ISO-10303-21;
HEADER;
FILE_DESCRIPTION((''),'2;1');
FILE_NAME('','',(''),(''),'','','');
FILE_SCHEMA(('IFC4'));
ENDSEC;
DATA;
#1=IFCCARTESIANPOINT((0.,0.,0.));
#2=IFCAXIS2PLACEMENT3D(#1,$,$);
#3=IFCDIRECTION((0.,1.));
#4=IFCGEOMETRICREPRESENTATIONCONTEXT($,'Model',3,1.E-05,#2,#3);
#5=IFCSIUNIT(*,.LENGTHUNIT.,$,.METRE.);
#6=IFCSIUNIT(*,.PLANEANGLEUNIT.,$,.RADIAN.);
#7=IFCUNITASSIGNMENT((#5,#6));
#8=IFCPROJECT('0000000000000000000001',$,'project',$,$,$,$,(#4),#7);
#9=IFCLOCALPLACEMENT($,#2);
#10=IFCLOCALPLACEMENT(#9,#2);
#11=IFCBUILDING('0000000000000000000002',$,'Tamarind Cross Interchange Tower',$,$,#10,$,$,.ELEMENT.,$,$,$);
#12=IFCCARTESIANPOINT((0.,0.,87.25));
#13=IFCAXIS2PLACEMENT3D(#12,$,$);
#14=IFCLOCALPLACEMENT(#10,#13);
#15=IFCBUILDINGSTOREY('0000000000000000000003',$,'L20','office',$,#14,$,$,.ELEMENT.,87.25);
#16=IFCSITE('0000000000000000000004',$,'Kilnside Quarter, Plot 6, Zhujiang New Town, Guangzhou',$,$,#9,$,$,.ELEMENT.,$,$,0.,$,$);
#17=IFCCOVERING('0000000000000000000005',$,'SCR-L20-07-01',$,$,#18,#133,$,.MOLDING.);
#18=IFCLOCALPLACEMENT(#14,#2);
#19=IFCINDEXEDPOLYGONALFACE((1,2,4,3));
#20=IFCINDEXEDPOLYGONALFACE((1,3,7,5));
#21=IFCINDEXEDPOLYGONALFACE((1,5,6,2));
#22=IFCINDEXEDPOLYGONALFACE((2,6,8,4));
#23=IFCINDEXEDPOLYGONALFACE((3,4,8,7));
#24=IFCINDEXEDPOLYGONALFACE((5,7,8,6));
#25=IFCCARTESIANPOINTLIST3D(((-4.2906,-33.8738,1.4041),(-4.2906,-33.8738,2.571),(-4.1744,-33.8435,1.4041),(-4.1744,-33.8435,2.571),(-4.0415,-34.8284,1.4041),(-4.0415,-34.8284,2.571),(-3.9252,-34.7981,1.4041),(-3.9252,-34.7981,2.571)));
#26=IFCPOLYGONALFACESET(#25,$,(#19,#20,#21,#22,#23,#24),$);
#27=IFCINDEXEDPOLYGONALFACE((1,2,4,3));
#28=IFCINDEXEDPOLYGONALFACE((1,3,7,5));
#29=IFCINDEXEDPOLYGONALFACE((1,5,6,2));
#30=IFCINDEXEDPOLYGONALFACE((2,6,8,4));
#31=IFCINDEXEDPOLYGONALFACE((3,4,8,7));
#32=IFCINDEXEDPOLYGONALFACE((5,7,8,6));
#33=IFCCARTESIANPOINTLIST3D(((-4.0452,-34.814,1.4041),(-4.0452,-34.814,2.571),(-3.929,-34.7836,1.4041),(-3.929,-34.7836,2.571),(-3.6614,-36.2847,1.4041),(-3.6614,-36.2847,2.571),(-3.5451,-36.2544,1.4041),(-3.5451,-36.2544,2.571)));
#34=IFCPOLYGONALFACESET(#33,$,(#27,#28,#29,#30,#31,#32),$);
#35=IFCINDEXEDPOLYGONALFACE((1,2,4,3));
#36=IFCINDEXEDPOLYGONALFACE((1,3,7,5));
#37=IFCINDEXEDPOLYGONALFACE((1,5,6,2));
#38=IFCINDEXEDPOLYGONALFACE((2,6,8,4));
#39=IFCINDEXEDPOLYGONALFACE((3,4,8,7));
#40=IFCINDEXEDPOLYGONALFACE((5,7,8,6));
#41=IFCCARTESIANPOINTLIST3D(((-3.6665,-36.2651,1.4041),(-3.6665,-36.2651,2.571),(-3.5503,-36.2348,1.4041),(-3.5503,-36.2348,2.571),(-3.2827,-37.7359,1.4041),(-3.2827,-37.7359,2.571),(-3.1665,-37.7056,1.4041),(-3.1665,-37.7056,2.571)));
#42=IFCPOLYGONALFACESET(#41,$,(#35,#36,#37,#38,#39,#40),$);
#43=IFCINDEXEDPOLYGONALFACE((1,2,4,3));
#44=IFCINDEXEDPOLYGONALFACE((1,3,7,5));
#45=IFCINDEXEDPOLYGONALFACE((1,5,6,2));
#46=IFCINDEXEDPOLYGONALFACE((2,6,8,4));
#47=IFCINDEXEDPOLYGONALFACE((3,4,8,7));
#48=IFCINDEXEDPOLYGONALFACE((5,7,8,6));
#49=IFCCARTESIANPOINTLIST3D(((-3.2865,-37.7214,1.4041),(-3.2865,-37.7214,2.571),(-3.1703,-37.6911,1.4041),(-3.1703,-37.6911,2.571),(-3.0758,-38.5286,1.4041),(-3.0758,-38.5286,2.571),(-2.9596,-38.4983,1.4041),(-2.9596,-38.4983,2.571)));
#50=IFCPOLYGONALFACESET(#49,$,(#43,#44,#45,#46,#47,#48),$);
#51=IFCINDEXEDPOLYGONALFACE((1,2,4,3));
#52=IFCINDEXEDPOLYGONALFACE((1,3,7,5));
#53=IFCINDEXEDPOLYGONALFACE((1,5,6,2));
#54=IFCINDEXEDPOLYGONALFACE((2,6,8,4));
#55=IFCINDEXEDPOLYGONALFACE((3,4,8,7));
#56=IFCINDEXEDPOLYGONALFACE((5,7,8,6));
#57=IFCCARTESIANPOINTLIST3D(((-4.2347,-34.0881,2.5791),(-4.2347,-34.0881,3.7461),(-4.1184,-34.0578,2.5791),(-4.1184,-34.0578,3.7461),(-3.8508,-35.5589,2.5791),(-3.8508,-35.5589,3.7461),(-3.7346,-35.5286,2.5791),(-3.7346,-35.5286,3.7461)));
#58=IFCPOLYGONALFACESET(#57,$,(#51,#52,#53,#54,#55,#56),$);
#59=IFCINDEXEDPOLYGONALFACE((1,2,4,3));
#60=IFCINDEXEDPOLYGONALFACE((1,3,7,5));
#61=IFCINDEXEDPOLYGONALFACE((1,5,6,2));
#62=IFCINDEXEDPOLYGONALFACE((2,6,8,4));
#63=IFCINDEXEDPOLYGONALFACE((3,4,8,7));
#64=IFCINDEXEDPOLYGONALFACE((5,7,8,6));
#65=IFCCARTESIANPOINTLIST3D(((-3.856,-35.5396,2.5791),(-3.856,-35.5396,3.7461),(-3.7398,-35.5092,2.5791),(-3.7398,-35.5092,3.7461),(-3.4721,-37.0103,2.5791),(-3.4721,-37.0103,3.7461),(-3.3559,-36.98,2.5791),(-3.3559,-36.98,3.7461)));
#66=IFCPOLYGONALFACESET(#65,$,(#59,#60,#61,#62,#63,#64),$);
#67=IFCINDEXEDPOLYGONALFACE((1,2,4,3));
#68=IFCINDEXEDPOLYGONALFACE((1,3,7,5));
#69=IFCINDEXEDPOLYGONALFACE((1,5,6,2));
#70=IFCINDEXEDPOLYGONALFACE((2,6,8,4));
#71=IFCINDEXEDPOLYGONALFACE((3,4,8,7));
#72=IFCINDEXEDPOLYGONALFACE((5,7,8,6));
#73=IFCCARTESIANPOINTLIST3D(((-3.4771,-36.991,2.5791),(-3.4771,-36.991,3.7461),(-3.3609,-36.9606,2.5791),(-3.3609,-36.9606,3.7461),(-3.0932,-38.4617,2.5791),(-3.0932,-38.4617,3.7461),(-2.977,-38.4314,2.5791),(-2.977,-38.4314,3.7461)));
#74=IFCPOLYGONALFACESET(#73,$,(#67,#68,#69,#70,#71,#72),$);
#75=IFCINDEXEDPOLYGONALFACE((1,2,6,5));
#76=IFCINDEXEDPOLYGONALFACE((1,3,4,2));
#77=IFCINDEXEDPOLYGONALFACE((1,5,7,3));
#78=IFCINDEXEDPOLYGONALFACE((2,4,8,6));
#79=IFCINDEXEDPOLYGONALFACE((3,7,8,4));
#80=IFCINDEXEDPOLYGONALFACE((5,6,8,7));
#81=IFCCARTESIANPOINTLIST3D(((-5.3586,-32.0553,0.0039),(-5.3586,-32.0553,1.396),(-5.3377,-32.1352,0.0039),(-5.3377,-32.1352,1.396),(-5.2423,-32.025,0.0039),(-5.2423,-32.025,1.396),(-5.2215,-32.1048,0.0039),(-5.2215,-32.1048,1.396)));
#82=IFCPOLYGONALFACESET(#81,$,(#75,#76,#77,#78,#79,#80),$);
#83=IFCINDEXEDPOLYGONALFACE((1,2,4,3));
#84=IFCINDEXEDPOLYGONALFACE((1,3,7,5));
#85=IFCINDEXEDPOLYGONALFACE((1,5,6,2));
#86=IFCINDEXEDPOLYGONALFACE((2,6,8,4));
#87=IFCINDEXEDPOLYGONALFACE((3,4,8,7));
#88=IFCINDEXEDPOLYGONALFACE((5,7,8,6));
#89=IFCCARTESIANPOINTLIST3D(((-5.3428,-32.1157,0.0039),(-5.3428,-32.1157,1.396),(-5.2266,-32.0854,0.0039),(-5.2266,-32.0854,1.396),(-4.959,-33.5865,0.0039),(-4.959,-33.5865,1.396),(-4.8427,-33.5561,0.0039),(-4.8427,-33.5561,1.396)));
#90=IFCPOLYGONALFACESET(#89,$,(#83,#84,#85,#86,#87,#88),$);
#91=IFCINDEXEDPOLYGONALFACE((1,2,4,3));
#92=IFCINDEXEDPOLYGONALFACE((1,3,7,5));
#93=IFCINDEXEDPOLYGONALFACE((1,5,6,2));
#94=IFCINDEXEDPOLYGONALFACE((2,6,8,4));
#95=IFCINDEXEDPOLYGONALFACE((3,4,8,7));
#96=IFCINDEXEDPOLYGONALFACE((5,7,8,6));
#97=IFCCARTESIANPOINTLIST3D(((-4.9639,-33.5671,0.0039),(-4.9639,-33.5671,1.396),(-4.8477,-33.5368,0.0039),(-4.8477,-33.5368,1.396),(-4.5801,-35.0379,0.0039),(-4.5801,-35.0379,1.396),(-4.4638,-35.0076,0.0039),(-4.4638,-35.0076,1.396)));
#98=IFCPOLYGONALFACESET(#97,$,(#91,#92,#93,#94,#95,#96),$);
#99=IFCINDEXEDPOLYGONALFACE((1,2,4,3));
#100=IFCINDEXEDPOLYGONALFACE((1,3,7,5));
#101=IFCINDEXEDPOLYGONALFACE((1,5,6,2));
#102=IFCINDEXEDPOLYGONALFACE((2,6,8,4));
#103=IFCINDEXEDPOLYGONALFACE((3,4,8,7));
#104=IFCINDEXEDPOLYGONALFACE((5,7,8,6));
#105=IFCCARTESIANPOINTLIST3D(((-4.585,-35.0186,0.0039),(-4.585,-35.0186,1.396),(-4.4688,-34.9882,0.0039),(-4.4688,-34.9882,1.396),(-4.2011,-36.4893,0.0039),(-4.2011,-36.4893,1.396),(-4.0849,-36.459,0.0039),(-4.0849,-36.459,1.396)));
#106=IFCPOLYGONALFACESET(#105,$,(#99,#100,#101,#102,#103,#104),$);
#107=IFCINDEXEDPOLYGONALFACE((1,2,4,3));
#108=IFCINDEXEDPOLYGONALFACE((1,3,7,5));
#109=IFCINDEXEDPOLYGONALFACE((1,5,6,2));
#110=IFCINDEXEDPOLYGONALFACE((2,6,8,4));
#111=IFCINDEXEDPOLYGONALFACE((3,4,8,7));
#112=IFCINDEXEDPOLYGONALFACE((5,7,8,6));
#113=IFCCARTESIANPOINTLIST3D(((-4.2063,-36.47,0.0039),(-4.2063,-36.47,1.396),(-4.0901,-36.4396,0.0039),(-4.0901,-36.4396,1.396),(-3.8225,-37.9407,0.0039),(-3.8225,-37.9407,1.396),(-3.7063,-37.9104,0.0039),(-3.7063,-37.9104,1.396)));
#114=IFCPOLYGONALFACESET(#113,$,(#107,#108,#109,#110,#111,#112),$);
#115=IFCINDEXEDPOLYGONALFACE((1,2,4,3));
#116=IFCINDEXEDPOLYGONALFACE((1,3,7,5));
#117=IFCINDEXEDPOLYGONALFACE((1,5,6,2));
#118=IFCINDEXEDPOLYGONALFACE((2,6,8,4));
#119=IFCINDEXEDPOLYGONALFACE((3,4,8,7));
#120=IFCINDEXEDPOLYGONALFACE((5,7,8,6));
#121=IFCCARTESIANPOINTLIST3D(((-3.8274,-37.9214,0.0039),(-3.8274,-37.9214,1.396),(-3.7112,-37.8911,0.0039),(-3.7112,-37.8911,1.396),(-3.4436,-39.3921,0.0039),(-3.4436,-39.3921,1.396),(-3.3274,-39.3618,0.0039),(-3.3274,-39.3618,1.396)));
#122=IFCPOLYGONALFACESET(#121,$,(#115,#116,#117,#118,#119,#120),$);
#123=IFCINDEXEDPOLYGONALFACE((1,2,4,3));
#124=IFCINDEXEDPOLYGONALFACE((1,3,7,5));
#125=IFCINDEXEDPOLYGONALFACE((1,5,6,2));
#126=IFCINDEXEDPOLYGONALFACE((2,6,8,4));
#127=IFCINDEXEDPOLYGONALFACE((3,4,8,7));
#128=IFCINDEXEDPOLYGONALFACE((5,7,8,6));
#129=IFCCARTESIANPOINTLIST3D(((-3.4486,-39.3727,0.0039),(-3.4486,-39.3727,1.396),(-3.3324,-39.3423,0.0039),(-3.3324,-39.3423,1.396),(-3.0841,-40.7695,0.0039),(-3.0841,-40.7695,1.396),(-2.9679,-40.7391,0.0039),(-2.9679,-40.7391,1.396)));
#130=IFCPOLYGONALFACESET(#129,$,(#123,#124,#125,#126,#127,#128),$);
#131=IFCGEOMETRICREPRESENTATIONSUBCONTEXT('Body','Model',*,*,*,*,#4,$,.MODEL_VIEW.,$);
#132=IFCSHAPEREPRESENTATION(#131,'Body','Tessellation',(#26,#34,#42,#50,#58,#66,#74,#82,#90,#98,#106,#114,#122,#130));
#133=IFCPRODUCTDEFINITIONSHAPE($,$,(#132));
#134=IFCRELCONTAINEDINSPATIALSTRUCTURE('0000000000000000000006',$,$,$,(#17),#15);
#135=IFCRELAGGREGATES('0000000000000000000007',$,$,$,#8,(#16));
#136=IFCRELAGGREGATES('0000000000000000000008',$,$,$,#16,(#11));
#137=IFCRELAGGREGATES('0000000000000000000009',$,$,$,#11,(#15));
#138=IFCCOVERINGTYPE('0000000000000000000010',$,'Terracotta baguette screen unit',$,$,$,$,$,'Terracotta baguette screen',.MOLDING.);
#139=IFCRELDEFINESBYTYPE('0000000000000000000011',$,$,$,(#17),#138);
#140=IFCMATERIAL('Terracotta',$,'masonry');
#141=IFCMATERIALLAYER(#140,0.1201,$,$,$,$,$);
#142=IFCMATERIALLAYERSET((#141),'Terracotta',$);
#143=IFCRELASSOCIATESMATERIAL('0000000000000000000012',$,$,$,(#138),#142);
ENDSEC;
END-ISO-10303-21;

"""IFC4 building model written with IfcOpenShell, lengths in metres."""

from ifc_helpers import new_model, si_unit, direction, frame, origin, origin_2d, place, context, subcontext, project, spatial, rectangle, extrude, material, layer, layer_set, type_object, element, save


model = new_model("IFC4")

# Units and contexts
model_context = context("Model", 3, precision=1e-05, world=origin(), true_north=direction((0.0, 1.0)))
body_context = subcontext(model_context, "Body", "Model", "MODEL_VIEW")
ifc_project = project(units=[si_unit("LENGTHUNIT", "METRE"), si_unit("PLANEANGLEUNIT", "RADIAN")], contexts=[model_context])

# Site, building, storey
site_placement = place(None, origin())
site = spatial("IfcSite", under=ifc_project, at=site_placement, Name="Kilnside Quarter, Plot 6, Zhujiang New Town, Guangzhou", CompositionType="ELEMENT", RefElevation=0.0)
building_placement = place(site_placement, origin())
building = spatial("IfcBuilding", under=site, at=building_placement, Name="Tamarind Cross Interchange Tower", CompositionType="ELEMENT")
storey_placement = place(building_placement, frame((0.0, 0.0, 87.25)))
storey = spatial("IfcBuildingStorey", under=building, at=storey_placement, Name="L20", Description="office", CompositionType="ELEMENT", Elevation=87.25)

# Covering
ifc_material_1 = material(Name="Terracotta", Category="masonry")
ifc_layer_1 = layer(ifc_material_1, 0.1201)
ifc_layer_set_1 = layer_set([ifc_layer_1], Name="Terracotta")
covering_type = type_object("IfcCoveringType", Name="Terracotta baguette screen unit", ElementType="Terracotta baguette screen", PredefinedType="MOLDING", material=ifc_layer_set_1)
covering_1_placement = place(storey_placement, origin())
element("IfcCovering", 1, at=covering_1_placement, inside=storey, type_object=covering_type, Name="SCR-L20-07-01", PredefinedType="MOLDING", context=body_context, shape_type="SweptSolid", body=[
    extrude(rectangle(XDim=0.9866, YDim=0.1201, at=origin_2d()), frame((-4.1079, -34.3359, 1.4041), z_axis=(0.0, 0.0, 1.0), x_axis=(0.252529, -0.967589, 0.0)), (0.0, 0.0, 1.0), 1.167),
    extrude(rectangle(XDim=1.52, YDim=0.1201, at=origin_2d()), frame((-3.7952, -35.5342, 1.4041), z_axis=(0.0, 0.0, 1.0), x_axis=(0.252529, -0.967589, 0.0)), (0.0, 0.0, 1.0), 1.167),
    extrude(rectangle(XDim=1.52, YDim=0.1201, at=origin_2d()), frame((-3.4165, -36.9854, 1.4041), z_axis=(0.0, 0.0, 1.0), x_axis=(0.252529, -0.967589, 0.0)), (0.0, 0.0, 1.0), 1.167),
    extrude(rectangle(XDim=0.8342, YDim=0.1201, at=origin_2d()), frame((-3.123, -38.1099, 1.4041), z_axis=(0.0, 0.0, 1.0), x_axis=(0.252529, -0.967589, 0.0)), (0.0, 0.0, 1.0), 1.167),
    extrude(rectangle(XDim=1.52, YDim=0.1201, at=origin_2d()), frame((-3.9846, -34.8083, 2.5791), z_axis=(0.0, 0.0, 1.0), x_axis=(0.252529, -0.967589, 0.0)), (0.0, 0.0, 1.0), 1.167),
    extrude(rectangle(XDim=1.52, YDim=0.1201, at=origin_2d()), frame((-3.606, -36.2598, 2.5791), z_axis=(0.0, 0.0, 1.0), x_axis=(0.252529, -0.967589, 0.0)), (0.0, 0.0, 1.0), 1.167),
    extrude(rectangle(XDim=1.52, YDim=0.1201, at=origin_2d()), frame((-3.2271, -37.7112, 2.5791), z_axis=(0.0, 0.0, 1.0), x_axis=(0.252529, -0.967589, 0.0)), (0.0, 0.0, 1.0), 1.167),
    extrude(rectangle(XDim=0.0825, YDim=0.1201, at=origin_2d()), frame((-5.29, -32.0801, 0.0039), z_axis=(0.0, 0.0, 1.0), x_axis=(0.252529, -0.967589, 0.0)), (0.0, 0.0, 1.0), 1.3921),
    extrude(rectangle(XDim=1.52, YDim=0.1201, at=origin_2d()), frame((-5.0928, -32.8359, 0.0039), z_axis=(0.0, 0.0, 1.0), x_axis=(0.252529, -0.967589, 0.0)), (0.0, 0.0, 1.0), 1.3921),
    extrude(rectangle(XDim=1.52, YDim=0.1201, at=origin_2d()), frame((-4.7139, -34.2874, 0.0039), z_axis=(0.0, 0.0, 1.0), x_axis=(0.252529, -0.967589, 0.0)), (0.0, 0.0, 1.0), 1.3921),
    extrude(rectangle(XDim=1.52, YDim=0.1201, at=origin_2d()), frame((-4.335, -35.7388, 0.0039), z_axis=(0.0, 0.0, 1.0), x_axis=(0.252529, -0.967589, 0.0)), (0.0, 0.0, 1.0), 1.3921),
    extrude(rectangle(XDim=1.52, YDim=0.1201, at=origin_2d()), frame((-3.9563, -37.1902, 0.0039), z_axis=(0.0, 0.0, 1.0), x_axis=(0.252529, -0.967589, 0.0)), (0.0, 0.0, 1.0), 1.3921),
    extrude(rectangle(XDim=1.52, YDim=0.1201, at=origin_2d()), frame((-3.5774, -38.6416, 0.0039), z_axis=(0.0, 0.0, 1.0), x_axis=(0.252529, -0.967589, 0.0)), (0.0, 0.0, 1.0), 1.3921),
    extrude(rectangle(XDim=1.4436, YDim=0.1201, at=origin_2d()), frame((-3.2083, -40.0559, 0.0039), z_axis=(0.0, 0.0, 1.0), x_axis=(0.252529, -0.967589, 0.0)), (0.0, 0.0, 1.0), 1.3921),
])

save(model, "model.ifc")
